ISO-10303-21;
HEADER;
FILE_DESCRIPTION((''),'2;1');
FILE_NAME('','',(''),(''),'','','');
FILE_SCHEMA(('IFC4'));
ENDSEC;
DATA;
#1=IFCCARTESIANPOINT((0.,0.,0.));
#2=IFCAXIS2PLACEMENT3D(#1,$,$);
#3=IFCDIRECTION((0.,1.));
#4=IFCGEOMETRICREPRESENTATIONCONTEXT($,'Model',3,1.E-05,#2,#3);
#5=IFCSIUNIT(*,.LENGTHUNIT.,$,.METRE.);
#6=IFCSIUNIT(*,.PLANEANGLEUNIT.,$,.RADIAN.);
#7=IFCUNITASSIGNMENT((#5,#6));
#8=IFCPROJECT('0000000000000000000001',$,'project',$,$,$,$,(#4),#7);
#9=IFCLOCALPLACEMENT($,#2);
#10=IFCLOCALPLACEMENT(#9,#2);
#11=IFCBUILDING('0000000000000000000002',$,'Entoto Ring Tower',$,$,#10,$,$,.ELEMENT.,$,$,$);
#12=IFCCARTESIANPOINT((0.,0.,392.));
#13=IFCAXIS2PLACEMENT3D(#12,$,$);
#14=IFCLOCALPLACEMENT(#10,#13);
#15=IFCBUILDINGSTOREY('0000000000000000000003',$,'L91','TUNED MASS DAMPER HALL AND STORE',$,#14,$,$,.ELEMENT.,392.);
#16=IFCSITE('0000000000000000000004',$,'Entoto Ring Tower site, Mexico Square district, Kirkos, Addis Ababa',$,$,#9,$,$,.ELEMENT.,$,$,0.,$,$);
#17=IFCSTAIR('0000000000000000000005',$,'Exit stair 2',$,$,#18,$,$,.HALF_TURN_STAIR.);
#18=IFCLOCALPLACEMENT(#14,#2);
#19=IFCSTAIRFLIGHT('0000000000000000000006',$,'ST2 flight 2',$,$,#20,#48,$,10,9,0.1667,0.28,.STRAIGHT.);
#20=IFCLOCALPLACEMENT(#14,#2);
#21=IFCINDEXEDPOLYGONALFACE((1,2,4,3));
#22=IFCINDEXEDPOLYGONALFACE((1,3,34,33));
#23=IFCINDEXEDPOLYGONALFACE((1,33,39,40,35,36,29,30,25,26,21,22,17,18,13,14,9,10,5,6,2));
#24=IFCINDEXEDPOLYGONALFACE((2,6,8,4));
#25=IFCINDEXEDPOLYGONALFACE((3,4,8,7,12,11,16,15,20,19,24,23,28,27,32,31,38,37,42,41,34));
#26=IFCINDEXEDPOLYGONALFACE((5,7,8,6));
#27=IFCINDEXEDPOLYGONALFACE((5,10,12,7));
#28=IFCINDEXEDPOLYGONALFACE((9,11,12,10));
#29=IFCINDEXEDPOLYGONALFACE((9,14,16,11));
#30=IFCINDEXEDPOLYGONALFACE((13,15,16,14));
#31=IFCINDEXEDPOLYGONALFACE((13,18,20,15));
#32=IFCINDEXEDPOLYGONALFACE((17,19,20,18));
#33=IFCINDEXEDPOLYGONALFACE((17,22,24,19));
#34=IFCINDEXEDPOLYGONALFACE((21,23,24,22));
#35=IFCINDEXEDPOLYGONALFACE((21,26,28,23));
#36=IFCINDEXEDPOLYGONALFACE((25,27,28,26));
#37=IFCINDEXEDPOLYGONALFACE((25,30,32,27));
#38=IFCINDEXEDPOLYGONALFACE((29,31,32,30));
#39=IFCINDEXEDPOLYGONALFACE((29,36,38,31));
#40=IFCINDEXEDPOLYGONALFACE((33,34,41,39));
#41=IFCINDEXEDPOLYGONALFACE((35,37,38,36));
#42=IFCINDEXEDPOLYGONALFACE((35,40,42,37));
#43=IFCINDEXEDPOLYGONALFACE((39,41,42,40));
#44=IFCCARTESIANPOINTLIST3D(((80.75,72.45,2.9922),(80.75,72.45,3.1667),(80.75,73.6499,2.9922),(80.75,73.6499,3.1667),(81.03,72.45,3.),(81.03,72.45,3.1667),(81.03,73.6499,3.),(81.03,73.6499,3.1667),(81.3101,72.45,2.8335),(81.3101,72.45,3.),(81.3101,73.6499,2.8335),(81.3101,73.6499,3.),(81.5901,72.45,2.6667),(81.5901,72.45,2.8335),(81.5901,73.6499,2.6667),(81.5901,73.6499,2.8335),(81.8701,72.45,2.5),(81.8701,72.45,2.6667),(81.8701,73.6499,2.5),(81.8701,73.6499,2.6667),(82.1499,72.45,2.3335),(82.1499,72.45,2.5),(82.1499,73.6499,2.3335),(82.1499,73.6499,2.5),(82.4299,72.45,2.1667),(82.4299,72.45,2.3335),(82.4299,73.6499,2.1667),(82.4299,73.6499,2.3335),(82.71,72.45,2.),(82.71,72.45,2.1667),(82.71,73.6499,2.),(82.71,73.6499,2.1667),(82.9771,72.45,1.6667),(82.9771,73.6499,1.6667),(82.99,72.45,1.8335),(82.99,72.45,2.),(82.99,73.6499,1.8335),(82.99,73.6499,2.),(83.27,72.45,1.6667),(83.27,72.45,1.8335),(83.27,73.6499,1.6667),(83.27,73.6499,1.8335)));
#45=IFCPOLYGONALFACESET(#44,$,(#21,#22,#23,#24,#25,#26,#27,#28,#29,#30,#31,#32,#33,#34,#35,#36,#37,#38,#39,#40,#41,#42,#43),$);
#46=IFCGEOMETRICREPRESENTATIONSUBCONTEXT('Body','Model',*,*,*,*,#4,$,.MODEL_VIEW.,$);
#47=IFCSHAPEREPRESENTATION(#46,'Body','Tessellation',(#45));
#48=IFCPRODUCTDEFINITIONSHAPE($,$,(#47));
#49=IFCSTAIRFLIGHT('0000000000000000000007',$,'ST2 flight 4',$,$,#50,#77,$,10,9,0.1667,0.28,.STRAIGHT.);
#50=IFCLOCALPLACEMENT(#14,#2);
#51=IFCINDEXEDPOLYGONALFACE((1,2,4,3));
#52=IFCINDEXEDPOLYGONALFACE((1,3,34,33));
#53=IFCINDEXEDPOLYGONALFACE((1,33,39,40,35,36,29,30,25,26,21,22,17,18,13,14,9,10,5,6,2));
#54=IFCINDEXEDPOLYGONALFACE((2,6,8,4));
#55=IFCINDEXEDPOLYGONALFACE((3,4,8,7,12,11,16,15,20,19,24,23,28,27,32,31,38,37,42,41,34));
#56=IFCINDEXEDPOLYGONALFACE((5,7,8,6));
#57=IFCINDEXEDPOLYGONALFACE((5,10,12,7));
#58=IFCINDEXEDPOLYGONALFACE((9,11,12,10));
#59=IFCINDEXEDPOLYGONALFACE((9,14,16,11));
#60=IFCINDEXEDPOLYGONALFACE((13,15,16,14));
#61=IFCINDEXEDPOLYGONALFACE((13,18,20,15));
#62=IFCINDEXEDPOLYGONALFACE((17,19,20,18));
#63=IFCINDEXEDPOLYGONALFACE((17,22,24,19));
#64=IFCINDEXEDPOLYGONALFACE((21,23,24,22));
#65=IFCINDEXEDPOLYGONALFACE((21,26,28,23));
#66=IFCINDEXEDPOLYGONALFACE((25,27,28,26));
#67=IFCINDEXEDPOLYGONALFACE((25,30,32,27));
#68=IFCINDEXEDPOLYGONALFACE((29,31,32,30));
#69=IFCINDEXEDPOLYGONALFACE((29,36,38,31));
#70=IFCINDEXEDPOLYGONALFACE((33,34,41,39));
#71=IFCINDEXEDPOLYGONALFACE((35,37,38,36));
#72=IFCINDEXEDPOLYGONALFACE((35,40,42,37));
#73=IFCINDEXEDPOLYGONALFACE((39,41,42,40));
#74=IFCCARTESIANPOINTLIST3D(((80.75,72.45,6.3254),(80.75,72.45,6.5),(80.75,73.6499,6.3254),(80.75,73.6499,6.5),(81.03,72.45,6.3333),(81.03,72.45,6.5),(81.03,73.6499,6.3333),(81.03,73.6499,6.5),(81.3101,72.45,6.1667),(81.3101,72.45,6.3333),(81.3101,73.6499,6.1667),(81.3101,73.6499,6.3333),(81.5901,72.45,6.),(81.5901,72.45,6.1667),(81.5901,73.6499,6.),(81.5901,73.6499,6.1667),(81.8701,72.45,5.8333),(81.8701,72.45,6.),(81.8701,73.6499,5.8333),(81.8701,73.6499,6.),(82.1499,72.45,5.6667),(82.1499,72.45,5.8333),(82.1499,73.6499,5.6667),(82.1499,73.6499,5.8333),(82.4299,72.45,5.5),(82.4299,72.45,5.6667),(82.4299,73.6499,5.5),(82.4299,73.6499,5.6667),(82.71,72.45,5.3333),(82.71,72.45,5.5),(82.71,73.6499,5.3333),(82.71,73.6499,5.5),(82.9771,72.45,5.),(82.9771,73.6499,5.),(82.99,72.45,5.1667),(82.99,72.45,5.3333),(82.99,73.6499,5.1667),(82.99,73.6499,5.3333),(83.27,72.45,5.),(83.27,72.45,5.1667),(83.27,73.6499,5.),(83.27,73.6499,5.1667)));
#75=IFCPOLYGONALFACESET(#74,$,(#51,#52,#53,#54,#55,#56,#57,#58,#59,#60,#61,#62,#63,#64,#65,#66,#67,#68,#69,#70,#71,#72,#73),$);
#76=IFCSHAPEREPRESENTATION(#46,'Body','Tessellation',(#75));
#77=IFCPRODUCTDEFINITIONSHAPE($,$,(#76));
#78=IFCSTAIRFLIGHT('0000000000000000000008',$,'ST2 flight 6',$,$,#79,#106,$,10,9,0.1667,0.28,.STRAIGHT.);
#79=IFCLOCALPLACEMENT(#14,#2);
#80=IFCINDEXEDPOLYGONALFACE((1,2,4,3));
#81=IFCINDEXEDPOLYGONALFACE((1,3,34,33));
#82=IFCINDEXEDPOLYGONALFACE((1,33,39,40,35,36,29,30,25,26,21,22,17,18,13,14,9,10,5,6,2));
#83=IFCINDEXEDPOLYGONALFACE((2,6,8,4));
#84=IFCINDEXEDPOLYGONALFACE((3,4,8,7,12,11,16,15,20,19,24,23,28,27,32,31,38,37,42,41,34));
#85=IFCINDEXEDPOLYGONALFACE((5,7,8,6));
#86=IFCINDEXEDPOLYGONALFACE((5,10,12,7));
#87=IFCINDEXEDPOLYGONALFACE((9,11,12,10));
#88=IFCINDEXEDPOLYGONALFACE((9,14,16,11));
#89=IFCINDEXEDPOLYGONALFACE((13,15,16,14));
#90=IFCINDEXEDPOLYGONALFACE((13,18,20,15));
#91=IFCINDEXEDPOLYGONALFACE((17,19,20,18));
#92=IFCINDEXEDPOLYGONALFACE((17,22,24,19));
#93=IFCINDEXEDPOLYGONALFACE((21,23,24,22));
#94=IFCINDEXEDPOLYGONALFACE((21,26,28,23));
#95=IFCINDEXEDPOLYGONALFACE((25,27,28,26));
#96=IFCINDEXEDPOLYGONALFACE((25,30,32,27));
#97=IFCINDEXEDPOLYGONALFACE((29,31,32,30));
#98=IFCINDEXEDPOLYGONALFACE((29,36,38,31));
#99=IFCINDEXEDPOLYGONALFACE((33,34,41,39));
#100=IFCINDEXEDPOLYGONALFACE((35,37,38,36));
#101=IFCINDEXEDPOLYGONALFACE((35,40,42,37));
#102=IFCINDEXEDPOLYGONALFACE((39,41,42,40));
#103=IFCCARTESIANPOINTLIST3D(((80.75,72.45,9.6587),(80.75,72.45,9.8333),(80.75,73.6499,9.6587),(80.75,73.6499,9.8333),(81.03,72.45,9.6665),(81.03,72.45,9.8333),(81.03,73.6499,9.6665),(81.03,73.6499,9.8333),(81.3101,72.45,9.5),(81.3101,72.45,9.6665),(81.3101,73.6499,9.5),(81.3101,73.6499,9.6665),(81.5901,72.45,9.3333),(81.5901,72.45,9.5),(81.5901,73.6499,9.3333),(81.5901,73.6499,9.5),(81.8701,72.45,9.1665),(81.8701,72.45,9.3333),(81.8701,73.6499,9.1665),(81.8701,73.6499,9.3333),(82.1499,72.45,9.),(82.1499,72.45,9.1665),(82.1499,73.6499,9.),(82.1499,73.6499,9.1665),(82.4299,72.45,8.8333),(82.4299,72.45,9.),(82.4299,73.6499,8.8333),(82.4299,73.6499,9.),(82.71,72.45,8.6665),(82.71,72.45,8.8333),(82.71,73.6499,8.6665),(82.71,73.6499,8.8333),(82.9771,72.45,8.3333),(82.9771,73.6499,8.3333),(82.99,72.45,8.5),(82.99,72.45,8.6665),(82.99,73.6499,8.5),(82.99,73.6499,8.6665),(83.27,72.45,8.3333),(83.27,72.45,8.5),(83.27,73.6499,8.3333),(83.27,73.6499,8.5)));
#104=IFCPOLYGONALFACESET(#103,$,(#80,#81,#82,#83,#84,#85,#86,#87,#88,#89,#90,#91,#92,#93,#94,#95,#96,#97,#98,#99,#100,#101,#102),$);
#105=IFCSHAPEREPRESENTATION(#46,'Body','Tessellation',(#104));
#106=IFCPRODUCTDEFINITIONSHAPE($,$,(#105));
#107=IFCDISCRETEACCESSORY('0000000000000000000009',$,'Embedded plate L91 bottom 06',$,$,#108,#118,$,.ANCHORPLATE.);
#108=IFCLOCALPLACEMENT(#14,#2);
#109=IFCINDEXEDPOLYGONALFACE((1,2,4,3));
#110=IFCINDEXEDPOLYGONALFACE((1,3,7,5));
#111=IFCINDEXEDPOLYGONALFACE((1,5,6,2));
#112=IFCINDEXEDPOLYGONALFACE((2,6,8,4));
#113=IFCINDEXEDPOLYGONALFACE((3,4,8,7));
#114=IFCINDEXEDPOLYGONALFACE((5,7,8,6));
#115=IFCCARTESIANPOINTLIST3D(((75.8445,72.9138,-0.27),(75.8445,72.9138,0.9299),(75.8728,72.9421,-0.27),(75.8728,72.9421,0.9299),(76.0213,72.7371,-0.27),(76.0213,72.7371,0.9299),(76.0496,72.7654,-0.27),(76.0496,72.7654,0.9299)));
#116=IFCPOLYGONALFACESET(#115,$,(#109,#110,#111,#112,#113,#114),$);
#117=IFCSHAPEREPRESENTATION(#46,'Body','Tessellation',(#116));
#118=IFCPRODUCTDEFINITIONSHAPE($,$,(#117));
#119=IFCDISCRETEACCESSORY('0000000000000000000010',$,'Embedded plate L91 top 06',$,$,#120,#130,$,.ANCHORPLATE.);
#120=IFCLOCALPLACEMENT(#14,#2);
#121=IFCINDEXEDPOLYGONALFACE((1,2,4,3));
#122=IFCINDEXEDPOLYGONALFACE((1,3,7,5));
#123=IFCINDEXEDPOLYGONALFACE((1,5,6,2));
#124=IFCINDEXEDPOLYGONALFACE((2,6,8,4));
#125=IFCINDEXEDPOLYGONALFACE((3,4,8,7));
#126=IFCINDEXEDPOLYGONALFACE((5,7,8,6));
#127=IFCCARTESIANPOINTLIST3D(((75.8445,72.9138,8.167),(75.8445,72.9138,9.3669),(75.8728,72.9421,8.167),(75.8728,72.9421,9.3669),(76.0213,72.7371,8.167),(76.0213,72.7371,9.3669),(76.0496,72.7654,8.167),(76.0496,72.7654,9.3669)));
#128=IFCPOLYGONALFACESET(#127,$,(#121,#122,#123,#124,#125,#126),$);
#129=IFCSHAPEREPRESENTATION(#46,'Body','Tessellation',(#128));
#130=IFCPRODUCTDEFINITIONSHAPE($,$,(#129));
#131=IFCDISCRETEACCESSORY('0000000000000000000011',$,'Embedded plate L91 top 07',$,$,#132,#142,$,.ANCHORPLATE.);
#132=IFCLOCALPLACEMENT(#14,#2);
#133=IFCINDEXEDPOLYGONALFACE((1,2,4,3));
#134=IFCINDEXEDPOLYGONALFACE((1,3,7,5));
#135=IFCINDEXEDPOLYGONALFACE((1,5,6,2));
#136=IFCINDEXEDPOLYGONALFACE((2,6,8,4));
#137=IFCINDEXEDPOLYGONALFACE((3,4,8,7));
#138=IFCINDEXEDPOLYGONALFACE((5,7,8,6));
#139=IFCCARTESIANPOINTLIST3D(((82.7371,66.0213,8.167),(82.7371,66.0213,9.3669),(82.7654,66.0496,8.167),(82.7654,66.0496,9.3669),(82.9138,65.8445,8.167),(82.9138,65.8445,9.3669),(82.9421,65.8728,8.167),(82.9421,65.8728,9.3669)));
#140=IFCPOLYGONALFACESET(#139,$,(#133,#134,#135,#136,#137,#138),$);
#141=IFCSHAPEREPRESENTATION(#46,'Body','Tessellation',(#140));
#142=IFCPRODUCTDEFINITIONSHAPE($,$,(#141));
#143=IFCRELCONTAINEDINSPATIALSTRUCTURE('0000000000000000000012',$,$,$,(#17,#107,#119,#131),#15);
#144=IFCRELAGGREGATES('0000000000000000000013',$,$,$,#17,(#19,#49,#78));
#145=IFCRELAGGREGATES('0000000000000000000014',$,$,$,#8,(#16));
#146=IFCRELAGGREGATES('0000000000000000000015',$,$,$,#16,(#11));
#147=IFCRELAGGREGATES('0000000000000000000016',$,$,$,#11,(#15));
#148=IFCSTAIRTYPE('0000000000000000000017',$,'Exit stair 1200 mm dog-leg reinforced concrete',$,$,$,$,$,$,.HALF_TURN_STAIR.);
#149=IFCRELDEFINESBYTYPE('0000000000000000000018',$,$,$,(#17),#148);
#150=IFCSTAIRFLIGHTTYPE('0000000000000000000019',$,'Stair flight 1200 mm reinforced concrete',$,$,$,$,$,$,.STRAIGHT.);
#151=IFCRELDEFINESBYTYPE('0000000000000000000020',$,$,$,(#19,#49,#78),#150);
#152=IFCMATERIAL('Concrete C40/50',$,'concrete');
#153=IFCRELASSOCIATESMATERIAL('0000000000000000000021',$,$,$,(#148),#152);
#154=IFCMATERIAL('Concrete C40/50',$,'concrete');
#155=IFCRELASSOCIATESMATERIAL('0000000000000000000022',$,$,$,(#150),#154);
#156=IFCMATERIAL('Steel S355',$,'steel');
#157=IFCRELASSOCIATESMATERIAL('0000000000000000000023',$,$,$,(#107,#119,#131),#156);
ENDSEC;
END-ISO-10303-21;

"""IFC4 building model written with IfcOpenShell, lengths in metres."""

from ifc_helpers import new_model, si_unit, direction, frame, origin, origin_2d, place, context, subcontext, project, spatial, polyline, rectangle, outline, extrude, material, type_object, element, aggregate, save


model = new_model("IFC4")

# Units and contexts
model_context = context("Model", 3, precision=1e-05, world=origin(), true_north=direction((0.0, 1.0)))
body_context = subcontext(model_context, "Body", "Model", "MODEL_VIEW")
ifc_project = project(units=[si_unit("LENGTHUNIT", "METRE"), si_unit("PLANEANGLEUNIT", "RADIAN")], contexts=[model_context])

# Site, building, storey
site_placement = place(None, origin())
site = spatial("IfcSite", under=ifc_project, at=site_placement, Name="Entoto Ring Tower site, Mexico Square district, Kirkos, Addis Ababa", CompositionType="ELEMENT", RefElevation=0.0)
building_placement = place(site_placement, origin())
building = spatial("IfcBuilding", under=site, at=building_placement, Name="Entoto Ring Tower", CompositionType="ELEMENT")
storey_placement = place(building_placement, frame((0.0, 0.0, 392.0)))
storey = spatial("IfcBuildingStorey", under=building, at=storey_placement, Name="L91", Description="TUNED MASS DAMPER HALL AND STORE", CompositionType="ELEMENT", Elevation=392.0)

# Stair, stair flights
ifc_material_1 = material(Name="Concrete C40/50", Category="concrete")
stair_type = type_object("IfcStairType", Name="Exit stair 1200 mm dog-leg reinforced concrete", PredefinedType="HALF_TURN_STAIR", material=ifc_material_1)
stair_placement = place(storey_placement, origin())
stair = element("IfcStair", 1, at=stair_placement, inside=storey, type_object=stair_type, Name="Exit stair 2", PredefinedType="HALF_TURN_STAIR")
ifc_material_2 = material(Name="Concrete C40/50", Category="concrete")
stair_flight_type = type_object("IfcStairFlightType", Name="Stair flight 1200 mm reinforced concrete", PredefinedType="STRAIGHT", material=ifc_material_2)
stair_flight_1_placement = place(storey_placement, frame((83.27, 73.05, 1.6667), z_axis=(0.0, 0.0, 1.0), x_axis=(-1.0, 0.0, 0.0)))
stair_flight_1 = element("IfcStairFlight", 2, at=stair_flight_1_placement, type_object=stair_flight_type, Name="ST2 flight 2", NumberOfRisers=10, NumberOfTreads=9, PredefinedType="STRAIGHT", RiserHeight=0.1667, TreadLength=0.28, context=body_context, shape_type="SweptSolid", body=[
    extrude(outline(polyline([(0.0, 0.0), (0.0, 0.1667), (0.28, 0.1667), (0.28, 0.3333), (0.5601, 0.3333), (0.5601, 0.5), (0.8401, 0.5), (0.8401, 0.6667), (1.1201, 0.6667), (1.1201, 0.8333), (1.3999, 0.8333), (1.3999, 1.0), (1.6799, 1.0), (1.6799, 1.1667), (1.96, 1.1667), (1.96, 1.3333), (2.24, 1.3333), (2.24, 1.5), (2.52, 1.5), (2.52, 1.6667), (2.52, 1.3254), (0.293, 0.0), (0.0, 0.0)])), frame((0.0, 0.6001, 0.0), z_axis=(0.0, -1.0, 0.0), x_axis=(1.0, 0.0, 0.0)), (0.0, 0.0, 1.0), 1.2),
])
stair_flight_2_placement = place(storey_placement, frame((83.27, 73.05, 5.0), z_axis=(0.0, 0.0, 1.0), x_axis=(-1.0, 0.0, 0.0)))
stair_flight_2 = element("IfcStairFlight", 3, at=stair_flight_2_placement, type_object=stair_flight_type, Name="ST2 flight 4", NumberOfRisers=10, NumberOfTreads=9, PredefinedType="STRAIGHT", RiserHeight=0.1667, TreadLength=0.28, context=body_context, shape_type="SweptSolid", body=[
    extrude(outline(polyline([(0.0, 0.0), (0.0, 0.1667), (0.28, 0.1667), (0.28, 0.3333), (0.5601, 0.3333), (0.5601, 0.5), (0.8401, 0.5), (0.8401, 0.6667), (1.1201, 0.6667), (1.1201, 0.8333), (1.3999, 0.8333), (1.3999, 1.0), (1.6799, 1.0), (1.6799, 1.1667), (1.96, 1.1667), (1.96, 1.3333), (2.24, 1.3333), (2.24, 1.5), (2.52, 1.5), (2.52, 1.6667), (2.52, 1.3254), (0.293, 0.0), (0.0, 0.0)])), frame((0.0, 0.6001, 0.0), z_axis=(0.0, -1.0, 0.0), x_axis=(1.0, 0.0, 0.0)), (0.0, 0.0, 1.0), 1.2),
])
stair_flight_3_placement = place(storey_placement, frame((83.27, 73.05, 8.3333), z_axis=(0.0, 0.0, 1.0), x_axis=(-1.0, 0.0, 0.0)))
stair_flight_3 = element("IfcStairFlight", 4, at=stair_flight_3_placement, type_object=stair_flight_type, Name="ST2 flight 6", NumberOfRisers=10, NumberOfTreads=9, PredefinedType="STRAIGHT", RiserHeight=0.1667, TreadLength=0.28, context=body_context, shape_type="SweptSolid", body=[
    extrude(outline(polyline([(0.0, 0.0), (0.0, 0.1667), (0.28, 0.1667), (0.28, 0.3333), (0.5601, 0.3333), (0.5601, 0.5), (0.8401, 0.5), (0.8401, 0.6667), (1.1201, 0.6667), (1.1201, 0.8333), (1.3999, 0.8333), (1.3999, 1.0), (1.6799, 1.0), (1.6799, 1.1667), (1.96, 1.1667), (1.96, 1.3333), (2.24, 1.3333), (2.24, 1.5), (2.52, 1.5), (2.52, 1.6667), (2.52, 1.3254), (0.293, 0.0), (0.0, 0.0)])), frame((0.0, 0.6001, 0.0), z_axis=(0.0, -1.0, 0.0), x_axis=(1.0, 0.0, 0.0)), (0.0, 0.0, 1.0), 1.2),
])
aggregate(stair, [stair_flight_1, stair_flight_2, stair_flight_3])

# Discrete accessories
ifc_material_3 = material(Name="Steel S355", Category="steel")
for number, where, z_axis, x_axis, name in (
    (5, (75.947, 72.8396, -0.27), (0.0, 0.0, 1.0), (-0.707107, -0.707107, 0.0), "Embedded plate L91 bottom 06"),
    (6, (75.947, 72.8396, 8.167), (0.0, 0.0, 1.0), (-0.707107, -0.707107, 0.0), "Embedded plate L91 top 06"),
    (7, (82.8396, 65.947, 8.167), (0.0, 0.0, 1.0), (-0.707107, -0.707107, 0.0), "Embedded plate L91 top 07"),
):
    element("IfcDiscreteAccessory", number, at=place(storey_placement, frame(where, z_axis=z_axis, x_axis=x_axis)), inside=storey, material=ifc_material_3, Name=name, PredefinedType="ANCHORPLATE", context=body_context, shape_type="SweptSolid", body=[
        extrude(rectangle(XDim=0.04, YDim=0.25, at=origin_2d()), origin(), (0.0, 0.0, 1.0), 1.2),
    ])

save(model, "model.ifc")
